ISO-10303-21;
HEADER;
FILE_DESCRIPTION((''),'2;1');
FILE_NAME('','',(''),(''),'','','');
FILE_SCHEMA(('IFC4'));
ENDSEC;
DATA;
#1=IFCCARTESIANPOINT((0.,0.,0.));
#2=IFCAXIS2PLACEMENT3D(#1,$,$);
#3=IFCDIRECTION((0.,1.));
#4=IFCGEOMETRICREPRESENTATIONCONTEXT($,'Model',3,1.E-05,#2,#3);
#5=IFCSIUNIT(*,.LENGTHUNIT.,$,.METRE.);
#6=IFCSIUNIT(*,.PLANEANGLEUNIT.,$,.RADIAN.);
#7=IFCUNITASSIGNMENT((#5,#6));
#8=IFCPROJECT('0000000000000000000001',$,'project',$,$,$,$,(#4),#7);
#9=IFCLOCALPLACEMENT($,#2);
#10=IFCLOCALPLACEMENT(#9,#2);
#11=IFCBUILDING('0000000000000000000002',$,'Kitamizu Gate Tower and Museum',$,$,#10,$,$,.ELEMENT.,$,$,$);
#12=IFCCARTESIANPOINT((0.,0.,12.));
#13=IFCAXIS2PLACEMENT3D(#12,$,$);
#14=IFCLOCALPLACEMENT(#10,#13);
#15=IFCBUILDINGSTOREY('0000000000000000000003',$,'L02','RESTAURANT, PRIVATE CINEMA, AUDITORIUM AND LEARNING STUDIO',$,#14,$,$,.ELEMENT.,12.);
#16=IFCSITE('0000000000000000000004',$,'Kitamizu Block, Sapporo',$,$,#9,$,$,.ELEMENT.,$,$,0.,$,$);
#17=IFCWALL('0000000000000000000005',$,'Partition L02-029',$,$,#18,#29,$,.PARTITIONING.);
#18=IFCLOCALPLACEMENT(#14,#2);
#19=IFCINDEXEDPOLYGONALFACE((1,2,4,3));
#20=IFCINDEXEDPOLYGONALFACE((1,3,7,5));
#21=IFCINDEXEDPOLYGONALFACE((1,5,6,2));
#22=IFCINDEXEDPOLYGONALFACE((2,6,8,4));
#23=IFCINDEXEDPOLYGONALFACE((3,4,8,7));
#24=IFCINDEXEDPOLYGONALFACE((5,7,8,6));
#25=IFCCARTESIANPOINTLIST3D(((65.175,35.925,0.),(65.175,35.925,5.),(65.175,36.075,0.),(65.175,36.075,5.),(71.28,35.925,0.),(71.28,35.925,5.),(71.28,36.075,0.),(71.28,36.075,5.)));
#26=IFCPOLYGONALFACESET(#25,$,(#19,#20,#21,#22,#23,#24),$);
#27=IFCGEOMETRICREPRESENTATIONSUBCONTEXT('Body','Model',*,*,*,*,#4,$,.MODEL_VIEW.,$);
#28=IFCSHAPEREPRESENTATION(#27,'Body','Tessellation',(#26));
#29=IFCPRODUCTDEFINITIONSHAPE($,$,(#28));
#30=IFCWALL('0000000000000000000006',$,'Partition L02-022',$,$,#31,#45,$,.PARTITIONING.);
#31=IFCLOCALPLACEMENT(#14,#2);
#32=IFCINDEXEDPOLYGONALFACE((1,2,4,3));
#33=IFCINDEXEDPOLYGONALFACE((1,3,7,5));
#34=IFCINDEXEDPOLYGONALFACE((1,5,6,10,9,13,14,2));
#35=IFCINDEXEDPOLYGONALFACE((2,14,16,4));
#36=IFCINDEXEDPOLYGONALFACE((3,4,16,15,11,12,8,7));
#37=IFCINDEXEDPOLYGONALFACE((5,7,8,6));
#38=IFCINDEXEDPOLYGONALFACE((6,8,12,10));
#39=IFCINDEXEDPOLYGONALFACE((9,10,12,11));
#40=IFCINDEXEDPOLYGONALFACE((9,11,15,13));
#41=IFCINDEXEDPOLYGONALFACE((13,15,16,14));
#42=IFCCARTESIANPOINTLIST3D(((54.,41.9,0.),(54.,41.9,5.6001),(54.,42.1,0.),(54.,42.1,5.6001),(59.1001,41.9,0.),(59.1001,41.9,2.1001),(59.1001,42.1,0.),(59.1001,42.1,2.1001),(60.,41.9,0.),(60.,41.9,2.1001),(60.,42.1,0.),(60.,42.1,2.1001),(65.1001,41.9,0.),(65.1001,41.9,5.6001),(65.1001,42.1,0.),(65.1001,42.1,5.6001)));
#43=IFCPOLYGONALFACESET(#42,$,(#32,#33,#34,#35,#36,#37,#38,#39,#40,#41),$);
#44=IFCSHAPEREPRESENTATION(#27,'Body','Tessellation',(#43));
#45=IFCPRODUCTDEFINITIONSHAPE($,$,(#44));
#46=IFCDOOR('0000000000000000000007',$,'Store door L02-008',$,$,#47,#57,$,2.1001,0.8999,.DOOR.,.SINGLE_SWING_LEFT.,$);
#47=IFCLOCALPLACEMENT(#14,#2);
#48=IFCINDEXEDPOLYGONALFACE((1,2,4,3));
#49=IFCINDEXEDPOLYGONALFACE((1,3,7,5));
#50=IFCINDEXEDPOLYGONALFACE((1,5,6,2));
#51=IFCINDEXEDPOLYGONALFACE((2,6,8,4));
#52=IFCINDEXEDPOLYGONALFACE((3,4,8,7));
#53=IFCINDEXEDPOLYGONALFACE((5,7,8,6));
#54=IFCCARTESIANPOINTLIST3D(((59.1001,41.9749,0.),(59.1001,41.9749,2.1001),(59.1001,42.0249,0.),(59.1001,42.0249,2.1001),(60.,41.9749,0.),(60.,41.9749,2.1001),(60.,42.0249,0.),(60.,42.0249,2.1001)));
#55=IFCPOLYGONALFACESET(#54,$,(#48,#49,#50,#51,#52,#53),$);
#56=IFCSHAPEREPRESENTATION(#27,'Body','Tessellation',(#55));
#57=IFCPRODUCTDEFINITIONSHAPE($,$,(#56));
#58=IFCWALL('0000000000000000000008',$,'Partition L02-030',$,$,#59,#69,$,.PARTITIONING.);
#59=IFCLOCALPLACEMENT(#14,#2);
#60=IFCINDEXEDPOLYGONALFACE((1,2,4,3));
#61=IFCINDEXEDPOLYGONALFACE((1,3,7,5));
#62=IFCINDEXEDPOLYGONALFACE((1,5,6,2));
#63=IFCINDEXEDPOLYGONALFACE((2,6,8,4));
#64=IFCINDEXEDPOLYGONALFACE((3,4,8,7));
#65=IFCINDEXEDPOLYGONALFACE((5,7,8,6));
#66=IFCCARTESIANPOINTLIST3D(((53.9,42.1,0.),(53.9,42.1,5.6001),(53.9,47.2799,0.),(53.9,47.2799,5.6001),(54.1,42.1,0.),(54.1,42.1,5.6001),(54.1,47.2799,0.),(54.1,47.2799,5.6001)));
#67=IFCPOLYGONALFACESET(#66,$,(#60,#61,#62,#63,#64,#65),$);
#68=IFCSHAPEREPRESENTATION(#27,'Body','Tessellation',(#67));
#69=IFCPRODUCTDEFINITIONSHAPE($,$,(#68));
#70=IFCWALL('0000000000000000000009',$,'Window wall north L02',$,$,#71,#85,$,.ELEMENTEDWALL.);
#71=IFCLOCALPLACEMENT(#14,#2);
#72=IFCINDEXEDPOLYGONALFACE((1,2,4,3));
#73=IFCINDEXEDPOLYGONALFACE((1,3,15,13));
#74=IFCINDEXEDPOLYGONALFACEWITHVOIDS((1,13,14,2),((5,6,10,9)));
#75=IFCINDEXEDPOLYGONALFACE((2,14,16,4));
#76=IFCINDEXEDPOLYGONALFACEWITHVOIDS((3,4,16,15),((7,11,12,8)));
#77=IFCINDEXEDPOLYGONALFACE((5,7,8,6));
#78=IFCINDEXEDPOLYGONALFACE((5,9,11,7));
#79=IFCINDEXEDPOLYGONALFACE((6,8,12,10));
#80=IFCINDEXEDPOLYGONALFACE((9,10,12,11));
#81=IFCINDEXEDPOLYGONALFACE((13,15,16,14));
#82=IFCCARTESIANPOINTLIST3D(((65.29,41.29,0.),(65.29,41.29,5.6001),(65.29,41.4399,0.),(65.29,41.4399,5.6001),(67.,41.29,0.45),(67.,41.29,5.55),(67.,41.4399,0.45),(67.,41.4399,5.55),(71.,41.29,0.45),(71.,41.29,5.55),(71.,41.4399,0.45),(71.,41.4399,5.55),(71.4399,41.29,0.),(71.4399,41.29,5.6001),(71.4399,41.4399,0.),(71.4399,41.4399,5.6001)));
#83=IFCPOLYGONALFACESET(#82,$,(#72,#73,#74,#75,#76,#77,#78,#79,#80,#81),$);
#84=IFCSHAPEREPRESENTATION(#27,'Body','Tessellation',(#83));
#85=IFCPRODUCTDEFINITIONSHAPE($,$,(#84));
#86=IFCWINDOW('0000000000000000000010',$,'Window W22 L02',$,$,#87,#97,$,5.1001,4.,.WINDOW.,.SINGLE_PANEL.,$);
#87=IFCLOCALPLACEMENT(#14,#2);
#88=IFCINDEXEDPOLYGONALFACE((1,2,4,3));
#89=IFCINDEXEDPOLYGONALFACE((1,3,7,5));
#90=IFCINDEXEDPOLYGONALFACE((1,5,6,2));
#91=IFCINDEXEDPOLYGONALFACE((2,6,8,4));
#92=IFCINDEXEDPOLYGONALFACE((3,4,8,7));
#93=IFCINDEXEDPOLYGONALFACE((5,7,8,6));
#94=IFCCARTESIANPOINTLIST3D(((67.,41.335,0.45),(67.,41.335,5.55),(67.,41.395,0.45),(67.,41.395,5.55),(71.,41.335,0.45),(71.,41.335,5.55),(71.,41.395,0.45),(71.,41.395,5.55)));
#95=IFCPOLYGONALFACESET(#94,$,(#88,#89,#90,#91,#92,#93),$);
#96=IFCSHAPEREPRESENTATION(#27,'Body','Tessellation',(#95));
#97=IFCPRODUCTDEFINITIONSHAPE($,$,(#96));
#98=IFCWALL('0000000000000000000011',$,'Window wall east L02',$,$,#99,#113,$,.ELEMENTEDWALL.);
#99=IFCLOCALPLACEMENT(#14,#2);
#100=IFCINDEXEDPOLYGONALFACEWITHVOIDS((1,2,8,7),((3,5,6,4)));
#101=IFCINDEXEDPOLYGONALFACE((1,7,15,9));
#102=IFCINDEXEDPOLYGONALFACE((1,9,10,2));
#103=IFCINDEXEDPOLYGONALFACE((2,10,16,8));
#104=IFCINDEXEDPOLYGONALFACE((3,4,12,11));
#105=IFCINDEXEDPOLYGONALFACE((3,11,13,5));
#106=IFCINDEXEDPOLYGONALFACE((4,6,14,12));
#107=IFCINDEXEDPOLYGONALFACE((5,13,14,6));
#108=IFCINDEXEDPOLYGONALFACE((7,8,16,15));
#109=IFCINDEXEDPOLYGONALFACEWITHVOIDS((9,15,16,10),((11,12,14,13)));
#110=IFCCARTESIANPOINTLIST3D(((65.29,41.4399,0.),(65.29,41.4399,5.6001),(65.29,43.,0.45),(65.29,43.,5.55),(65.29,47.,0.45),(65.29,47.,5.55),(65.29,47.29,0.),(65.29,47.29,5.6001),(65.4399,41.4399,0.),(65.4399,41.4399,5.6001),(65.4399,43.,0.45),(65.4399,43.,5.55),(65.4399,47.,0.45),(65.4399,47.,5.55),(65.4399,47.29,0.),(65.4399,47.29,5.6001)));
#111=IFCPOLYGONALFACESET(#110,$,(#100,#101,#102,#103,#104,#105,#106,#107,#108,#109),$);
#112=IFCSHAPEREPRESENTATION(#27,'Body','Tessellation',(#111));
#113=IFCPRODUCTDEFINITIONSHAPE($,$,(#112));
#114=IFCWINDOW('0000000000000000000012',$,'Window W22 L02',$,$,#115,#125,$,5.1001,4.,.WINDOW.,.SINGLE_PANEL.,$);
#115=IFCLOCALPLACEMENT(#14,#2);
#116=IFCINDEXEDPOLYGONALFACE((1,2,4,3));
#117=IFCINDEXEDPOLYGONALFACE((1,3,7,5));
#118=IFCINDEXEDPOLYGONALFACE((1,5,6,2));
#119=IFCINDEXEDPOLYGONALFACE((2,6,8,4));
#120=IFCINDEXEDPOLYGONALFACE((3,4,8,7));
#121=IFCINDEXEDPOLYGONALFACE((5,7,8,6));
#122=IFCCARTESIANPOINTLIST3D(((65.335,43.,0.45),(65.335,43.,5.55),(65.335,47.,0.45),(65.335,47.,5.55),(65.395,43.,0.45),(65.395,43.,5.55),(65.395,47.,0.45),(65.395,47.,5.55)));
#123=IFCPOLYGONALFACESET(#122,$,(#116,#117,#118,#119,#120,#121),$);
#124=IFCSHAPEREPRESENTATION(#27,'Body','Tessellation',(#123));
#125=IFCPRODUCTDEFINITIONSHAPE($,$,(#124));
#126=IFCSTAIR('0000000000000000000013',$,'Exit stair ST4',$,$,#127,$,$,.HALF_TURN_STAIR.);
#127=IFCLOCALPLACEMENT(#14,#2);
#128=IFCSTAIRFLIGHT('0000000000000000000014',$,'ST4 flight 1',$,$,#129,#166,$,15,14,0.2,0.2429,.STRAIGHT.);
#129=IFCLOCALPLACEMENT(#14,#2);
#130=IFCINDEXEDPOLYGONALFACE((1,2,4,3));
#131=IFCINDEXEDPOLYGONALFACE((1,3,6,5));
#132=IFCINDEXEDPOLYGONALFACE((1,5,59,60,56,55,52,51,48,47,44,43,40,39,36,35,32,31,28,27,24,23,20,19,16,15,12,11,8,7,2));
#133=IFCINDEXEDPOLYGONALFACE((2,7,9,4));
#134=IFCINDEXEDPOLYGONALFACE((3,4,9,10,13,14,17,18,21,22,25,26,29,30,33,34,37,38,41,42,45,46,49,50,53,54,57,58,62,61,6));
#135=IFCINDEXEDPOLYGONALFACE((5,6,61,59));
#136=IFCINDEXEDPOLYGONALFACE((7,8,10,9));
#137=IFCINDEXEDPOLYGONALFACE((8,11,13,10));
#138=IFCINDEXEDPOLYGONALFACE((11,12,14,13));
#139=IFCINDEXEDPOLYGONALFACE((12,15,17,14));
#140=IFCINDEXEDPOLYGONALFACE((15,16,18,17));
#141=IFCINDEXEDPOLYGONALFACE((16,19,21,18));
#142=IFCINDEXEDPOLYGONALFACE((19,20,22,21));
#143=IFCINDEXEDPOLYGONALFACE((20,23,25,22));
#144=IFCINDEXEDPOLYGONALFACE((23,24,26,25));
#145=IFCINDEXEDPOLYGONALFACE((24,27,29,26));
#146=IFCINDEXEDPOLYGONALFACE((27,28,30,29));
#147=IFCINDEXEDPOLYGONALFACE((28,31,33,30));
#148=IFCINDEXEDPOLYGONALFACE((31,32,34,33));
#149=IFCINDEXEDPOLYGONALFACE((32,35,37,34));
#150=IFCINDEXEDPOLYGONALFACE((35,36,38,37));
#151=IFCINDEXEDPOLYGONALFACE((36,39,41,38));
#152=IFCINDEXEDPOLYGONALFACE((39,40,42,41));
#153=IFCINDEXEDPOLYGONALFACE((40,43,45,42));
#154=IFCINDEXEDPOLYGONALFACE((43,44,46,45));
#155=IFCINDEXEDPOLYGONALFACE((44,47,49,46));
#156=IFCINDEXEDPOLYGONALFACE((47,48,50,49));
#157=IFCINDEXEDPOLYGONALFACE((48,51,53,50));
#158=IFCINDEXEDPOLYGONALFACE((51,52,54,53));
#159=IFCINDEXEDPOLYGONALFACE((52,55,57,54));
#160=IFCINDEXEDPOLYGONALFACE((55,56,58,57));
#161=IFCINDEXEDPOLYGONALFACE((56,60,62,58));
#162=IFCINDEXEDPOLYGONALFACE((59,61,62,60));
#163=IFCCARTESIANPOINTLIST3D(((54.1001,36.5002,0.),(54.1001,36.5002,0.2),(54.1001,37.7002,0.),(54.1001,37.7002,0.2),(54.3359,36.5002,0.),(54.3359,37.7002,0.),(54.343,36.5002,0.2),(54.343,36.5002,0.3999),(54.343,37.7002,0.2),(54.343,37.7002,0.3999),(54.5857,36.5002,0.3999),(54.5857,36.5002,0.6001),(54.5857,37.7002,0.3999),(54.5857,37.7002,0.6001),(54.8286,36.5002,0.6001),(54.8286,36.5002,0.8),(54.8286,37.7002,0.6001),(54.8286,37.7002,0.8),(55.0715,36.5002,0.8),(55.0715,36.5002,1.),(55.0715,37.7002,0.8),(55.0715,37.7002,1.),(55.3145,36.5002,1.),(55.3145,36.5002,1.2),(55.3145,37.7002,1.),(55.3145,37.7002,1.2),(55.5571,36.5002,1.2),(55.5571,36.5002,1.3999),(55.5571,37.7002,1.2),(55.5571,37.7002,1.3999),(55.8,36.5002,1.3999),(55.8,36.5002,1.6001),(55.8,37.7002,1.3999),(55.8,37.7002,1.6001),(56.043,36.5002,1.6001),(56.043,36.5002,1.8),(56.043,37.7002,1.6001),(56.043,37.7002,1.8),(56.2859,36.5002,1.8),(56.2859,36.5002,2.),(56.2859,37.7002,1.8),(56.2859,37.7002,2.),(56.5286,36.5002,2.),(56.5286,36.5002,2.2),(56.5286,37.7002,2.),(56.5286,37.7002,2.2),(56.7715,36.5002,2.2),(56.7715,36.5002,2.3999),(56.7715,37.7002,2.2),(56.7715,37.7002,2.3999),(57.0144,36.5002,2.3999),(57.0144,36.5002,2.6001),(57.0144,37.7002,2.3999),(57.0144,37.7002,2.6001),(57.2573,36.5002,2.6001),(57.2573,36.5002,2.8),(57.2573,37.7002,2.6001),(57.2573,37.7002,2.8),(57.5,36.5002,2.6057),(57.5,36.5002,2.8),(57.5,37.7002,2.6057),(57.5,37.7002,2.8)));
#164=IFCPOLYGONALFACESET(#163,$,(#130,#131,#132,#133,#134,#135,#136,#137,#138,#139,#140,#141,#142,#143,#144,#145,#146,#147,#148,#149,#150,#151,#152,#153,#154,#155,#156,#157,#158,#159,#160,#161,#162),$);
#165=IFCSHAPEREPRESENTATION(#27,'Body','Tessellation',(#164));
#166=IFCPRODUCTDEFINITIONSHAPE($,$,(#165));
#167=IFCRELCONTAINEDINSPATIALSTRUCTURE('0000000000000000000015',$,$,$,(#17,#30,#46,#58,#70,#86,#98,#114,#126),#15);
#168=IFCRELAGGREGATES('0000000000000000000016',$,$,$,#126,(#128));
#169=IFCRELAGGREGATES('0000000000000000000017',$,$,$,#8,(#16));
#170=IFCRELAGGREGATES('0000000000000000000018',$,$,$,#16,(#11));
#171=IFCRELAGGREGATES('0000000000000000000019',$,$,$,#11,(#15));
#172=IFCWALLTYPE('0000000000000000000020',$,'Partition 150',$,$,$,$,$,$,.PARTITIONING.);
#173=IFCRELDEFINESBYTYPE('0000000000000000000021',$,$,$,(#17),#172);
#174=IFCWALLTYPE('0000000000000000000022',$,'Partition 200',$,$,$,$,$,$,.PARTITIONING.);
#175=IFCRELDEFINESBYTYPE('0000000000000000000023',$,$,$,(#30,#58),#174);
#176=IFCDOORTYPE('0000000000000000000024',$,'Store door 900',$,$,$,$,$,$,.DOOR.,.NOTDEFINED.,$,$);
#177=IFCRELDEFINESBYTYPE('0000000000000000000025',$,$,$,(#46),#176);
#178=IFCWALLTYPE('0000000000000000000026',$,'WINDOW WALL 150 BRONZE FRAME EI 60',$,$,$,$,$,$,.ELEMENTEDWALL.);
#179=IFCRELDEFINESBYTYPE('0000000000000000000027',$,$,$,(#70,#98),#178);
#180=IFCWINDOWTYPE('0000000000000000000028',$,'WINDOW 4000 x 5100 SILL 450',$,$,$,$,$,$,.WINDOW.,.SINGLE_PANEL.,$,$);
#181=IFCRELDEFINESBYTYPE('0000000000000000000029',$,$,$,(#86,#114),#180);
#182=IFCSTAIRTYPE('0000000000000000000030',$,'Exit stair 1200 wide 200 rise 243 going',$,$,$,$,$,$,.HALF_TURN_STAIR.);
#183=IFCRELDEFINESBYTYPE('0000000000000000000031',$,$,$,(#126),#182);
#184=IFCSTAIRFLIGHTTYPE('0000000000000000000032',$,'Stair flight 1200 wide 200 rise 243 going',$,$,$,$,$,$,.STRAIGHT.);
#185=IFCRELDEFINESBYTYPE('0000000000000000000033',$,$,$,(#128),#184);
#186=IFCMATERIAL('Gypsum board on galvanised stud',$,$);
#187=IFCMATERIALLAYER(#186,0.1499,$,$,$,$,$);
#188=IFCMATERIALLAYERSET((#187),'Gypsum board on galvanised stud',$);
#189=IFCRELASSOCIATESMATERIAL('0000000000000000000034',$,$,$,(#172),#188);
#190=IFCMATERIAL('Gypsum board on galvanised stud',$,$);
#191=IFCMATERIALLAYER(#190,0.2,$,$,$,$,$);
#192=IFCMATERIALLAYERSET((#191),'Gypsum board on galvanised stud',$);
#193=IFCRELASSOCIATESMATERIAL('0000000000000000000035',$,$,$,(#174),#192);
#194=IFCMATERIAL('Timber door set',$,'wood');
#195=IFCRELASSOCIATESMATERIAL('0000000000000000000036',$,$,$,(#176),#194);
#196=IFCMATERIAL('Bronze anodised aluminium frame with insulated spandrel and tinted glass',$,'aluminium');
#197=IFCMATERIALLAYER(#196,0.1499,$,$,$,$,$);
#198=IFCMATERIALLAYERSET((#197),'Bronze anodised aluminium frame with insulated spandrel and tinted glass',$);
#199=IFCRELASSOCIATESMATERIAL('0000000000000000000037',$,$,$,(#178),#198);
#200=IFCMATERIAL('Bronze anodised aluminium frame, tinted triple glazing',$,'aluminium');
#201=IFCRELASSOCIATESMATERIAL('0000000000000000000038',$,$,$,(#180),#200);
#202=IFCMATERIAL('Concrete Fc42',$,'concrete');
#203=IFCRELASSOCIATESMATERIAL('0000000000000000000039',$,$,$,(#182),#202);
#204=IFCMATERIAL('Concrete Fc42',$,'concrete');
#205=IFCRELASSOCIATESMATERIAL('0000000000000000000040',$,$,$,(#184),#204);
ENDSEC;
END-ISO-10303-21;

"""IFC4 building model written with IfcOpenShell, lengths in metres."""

from ifc_helpers import new_model, si_unit, direction, frame, frame_2d, origin, place, context, subcontext, project, spatial, polyline, rectangle, outline, extrude, material, layer, layer_set, type_object, element, fill, aggregate, save


model = new_model("IFC4")

# Units and contexts
model_context = context("Model", 3, precision=1e-05, world=origin(), true_north=direction((0.0, 1.0)))
body_context = subcontext(model_context, "Body", "Model", "MODEL_VIEW")
ifc_project = project(units=[si_unit("LENGTHUNIT", "METRE"), si_unit("PLANEANGLEUNIT", "RADIAN")], contexts=[model_context])

# Site, building, storey
site_placement = place(None, origin())
site = spatial("IfcSite", under=ifc_project, at=site_placement, Name="Kitamizu Block, Sapporo", CompositionType="ELEMENT", RefElevation=0.0)
building_placement = place(site_placement, origin())
building = spatial("IfcBuilding", under=site, at=building_placement, Name="Kitamizu Gate Tower and Museum", CompositionType="ELEMENT")
storey_placement = place(building_placement, frame((0.0, 0.0, 12.0)))
storey = spatial("IfcBuildingStorey", under=building, at=storey_placement, Name="L02", Description="RESTAURANT, PRIVATE CINEMA, AUDITORIUM AND LEARNING STUDIO", CompositionType="ELEMENT", Elevation=12.0)

# Shared definitions
ifc_material_1 = material(Name="Gypsum board on galvanised stud")
ifc_layer_1 = layer(ifc_material_1, 0.1499)
ifc_layer_set_1 = layer_set([ifc_layer_1], Name="Gypsum board on galvanised stud")
wall_type_1 = type_object("IfcWallType", Name="Partition 150", PredefinedType="PARTITIONING", material=ifc_layer_set_1)

# Wall
wall_1_placement = place(storey_placement, frame((71.28, 36.0, 0.0), z_axis=(0.0, 0.0, 1.0), x_axis=(-1.0, 0.0, 0.0)))
element("IfcWall", 1, at=wall_1_placement, inside=storey, type_object=wall_type_1, Name="Partition L02-029", PredefinedType="PARTITIONING", context=body_context, shape_type="SweptSolid", body=[
    extrude(rectangle(XDim=6.105, YDim=0.1499, at=frame_2d((3.0525, 0.0))), origin(), (0.0, 0.0, 1.0), 5.0),
])

# Wall, opening, door
ifc_material_2 = material(Name="Gypsum board on galvanised stud")
ifc_layer_2 = layer(ifc_material_2, 0.2)
ifc_layer_set_2 = layer_set([ifc_layer_2], Name="Gypsum board on galvanised stud")
wall_type_2 = type_object("IfcWallType", Name="Partition 200", PredefinedType="PARTITIONING", material=ifc_layer_set_2)
wall_2_placement = place(storey_placement, frame((65.1001, 42.0, 0.0), z_axis=(0.0, 0.0, 1.0), x_axis=(-1.0, 0.0, 0.0)))
wall_2 = element("IfcWall", 2, at=wall_2_placement, inside=storey, type_object=wall_type_2, Name="Partition L02-022", PredefinedType="PARTITIONING", context=body_context, shape_type="SweptSolid", body=[
    extrude(rectangle(XDim=11.1001, YDim=0.2, at=frame_2d((5.55, 0.0))), origin(), (0.0, 0.0, 1.0), 5.6001),
])
opening_1_placement = place(wall_2_placement, frame((5.1001, 0.0, 0.0)))
opening_1 = element("IfcOpeningElement", 3, at=opening_1_placement, cuts=wall_2, PredefinedType="OPENING", context=body_context, shape_type="SweptSolid", body=[
    extrude(rectangle(XDim=0.8999, YDim=2.1001, at=frame_2d((0.45, 1.05))), frame((0.0, 0.1099, 0.0), z_axis=(0.0, -1.0, 0.0), x_axis=(1.0, 0.0, 0.0)), (0.0, 0.0, 1.0), 0.22),
])
ifc_material_3 = material(Name="Timber door set", Category="wood")
door_type_1 = type_object("IfcDoorType", Name="Store door 900", OperationType="NOTDEFINED", PredefinedType="DOOR", material=ifc_material_3)
door_1_placement = place(opening_1_placement, frame((0.8999, 0.0, 0.0), x_axis=(-1.0, 0.0, 0.0)))
door_1 = element("IfcDoor", 4, at=door_1_placement, inside=storey, type_object=door_type_1, Name="Store door L02-008", OperationType="SINGLE_SWING_LEFT", OverallHeight=2.1001, OverallWidth=0.8999, PredefinedType="DOOR", context=body_context, shape_type="SweptSolid", body=[
    extrude(rectangle(XDim=0.8999, YDim=2.1001, at=frame_2d((0.45, 1.05))), frame((0.0, 0.0249, 0.0), z_axis=(0.0, -1.0, 0.0), x_axis=(1.0, 0.0, 0.0)), (0.0, 0.0, 1.0), 0.05),
])
fill(opening_1, door_1)

# Wall
wall_3_placement = place(storey_placement, frame((54.0, 42.1001, 0.0), z_axis=(0.0, 0.0, 1.0), x_axis=(0.0, 1.0, 0.0)))
element("IfcWall", 5, at=wall_3_placement, inside=storey, type_object=wall_type_2, Name="Partition L02-030", PredefinedType="PARTITIONING", context=body_context, shape_type="SweptSolid", body=[
    extrude(rectangle(XDim=5.1799, YDim=0.2, at=frame_2d((2.5898, 0.0))), origin(), (0.0, 0.0, 1.0), 5.6001),
])

# Walls, openings, windows
ifc_material_4 = material(Name="Bronze anodised aluminium frame with insulated spandrel and tinted glass", Category="aluminium")
ifc_layer_3 = layer(ifc_material_4, 0.1499)
ifc_layer_set_3 = layer_set([ifc_layer_3], Name="Bronze anodised aluminium frame with insulated spandrel and tinted glass")
wall_type_3 = type_object("IfcWallType", Name="WINDOW WALL 150 BRONZE FRAME EI 60", PredefinedType="ELEMENTEDWALL", material=ifc_layer_set_3)
wall_4_placement = place(storey_placement, frame((65.29, 41.365, 0.0), z_axis=(0.0, 0.0, 1.0), x_axis=(1.0, 0.0, 0.0)))
wall_4 = element("IfcWall", 6, at=wall_4_placement, inside=storey, type_object=wall_type_3, Name="Window wall north L02", PredefinedType="ELEMENTEDWALL", context=body_context, shape_type="SweptSolid", body=[
    extrude(rectangle(XDim=6.1499, YDim=0.1499, at=frame_2d((3.075, 0.0))), origin(), (0.0, 0.0, 1.0), 5.6001),
])
opening_2_placement = place(wall_4_placement, frame((1.71, 0.0, 0.45)))
opening_2 = element("IfcOpeningElement", 7, at=opening_2_placement, cuts=wall_4, PredefinedType="OPENING", context=body_context, shape_type="SweptSolid", body=[
    extrude(rectangle(XDim=4.0, YDim=5.1001, at=frame_2d((2.0, 2.55))), frame((0.0, 0.085, 0.0), z_axis=(0.0, -1.0, 0.0), x_axis=(1.0, 0.0, 0.0)), (0.0, 0.0, 1.0), 0.1699),
])
ifc_material_5 = material(Name="Bronze anodised aluminium frame, tinted triple glazing", Category="aluminium")
window_type = type_object("IfcWindowType", Name="WINDOW 4000 x 5100 SILL 450", PartitioningType="SINGLE_PANEL", PredefinedType="WINDOW", material=ifc_material_5)
window_1_placement = place(opening_2_placement, origin())
window_1 = element("IfcWindow", 8, at=window_1_placement, inside=storey, type_object=window_type, Name="Window W22 L02", OverallHeight=5.1001, OverallWidth=4.0, PartitioningType="SINGLE_PANEL", PredefinedType="WINDOW", context=body_context, shape_type="SweptSolid", body=[
    extrude(rectangle(XDim=4.0, YDim=5.1001, at=frame_2d((2.0, 2.55))), frame((0.0, 0.03, 0.0), z_axis=(0.0, -1.0, 0.0), x_axis=(1.0, 0.0, 0.0)), (0.0, 0.0, 1.0), 0.0601),
])
fill(opening_2, window_1)
wall_5_placement = place(storey_placement, frame((65.365, 41.4399, 0.0), z_axis=(0.0, 0.0, 1.0), x_axis=(0.0, 1.0, 0.0)))
wall_5 = element("IfcWall", 9, at=wall_5_placement, inside=storey, type_object=wall_type_3, Name="Window wall east L02", PredefinedType="ELEMENTEDWALL", context=body_context, shape_type="SweptSolid", body=[
    extrude(rectangle(XDim=5.8501, YDim=0.1499, at=frame_2d((2.925, 0.0))), origin(), (0.0, 0.0, 1.0), 5.6001),
])
opening_3_placement = place(wall_5_placement, frame((1.5601, 0.0, 0.45)))
opening_3 = element("IfcOpeningElement", 10, at=opening_3_placement, cuts=wall_5, PredefinedType="OPENING", context=body_context, shape_type="SweptSolid", body=[
    extrude(rectangle(XDim=4.0, YDim=5.1001, at=frame_2d((2.0, 2.55))), frame((0.0, 0.085, 0.0), z_axis=(0.0, -1.0, 0.0), x_axis=(1.0, 0.0, 0.0)), (0.0, 0.0, 1.0), 0.1699),
])
window_2_placement = place(opening_3_placement, origin())
window_2 = element("IfcWindow", 11, at=window_2_placement, inside=storey, type_object=window_type, Name="Window W22 L02", OverallHeight=5.1001, OverallWidth=4.0, PartitioningType="SINGLE_PANEL", PredefinedType="WINDOW", context=body_context, shape_type="SweptSolid", body=[
    extrude(rectangle(XDim=4.0, YDim=5.1001, at=frame_2d((2.0, 2.55))), frame((0.0, 0.03, 0.0), z_axis=(0.0, -1.0, 0.0), x_axis=(1.0, 0.0, 0.0)), (0.0, 0.0, 1.0), 0.0601),
])
fill(opening_3, window_2)

# Stair, stair flight
ifc_material_6 = material(Name="Concrete Fc42", Category="concrete")
stair_type = type_object("IfcStairType", Name="Exit stair 1200 wide 200 rise 243 going", PredefinedType="HALF_TURN_STAIR", material=ifc_material_6)
stair_placement = place(storey_placement, origin())
stair = element("IfcStair", 12, at=stair_placement, inside=storey, type_object=stair_type, Name="Exit stair ST4", PredefinedType="HALF_TURN_STAIR")
ifc_material_7 = material(Name="Concrete Fc42", Category="concrete")
stair_flight_type = type_object("IfcStairFlightType", Name="Stair flight 1200 wide 200 rise 243 going", PredefinedType="STRAIGHT", material=ifc_material_7)
stair_flight_1_placement = place(storey_placement, frame((54.1001, 37.1001, 0.0), z_axis=(0.0, 0.0, 1.0), x_axis=(1.0, 0.0, 0.0)))
stair_flight_1 = element("IfcStairFlight", 13, at=stair_flight_1_placement, type_object=stair_flight_type, Name="ST4 flight 1", NumberOfRisers=15, NumberOfTreads=14, PredefinedType="STRAIGHT", RiserHeight=0.2, TreadLength=0.2429, context=body_context, shape_type="SweptSolid", body=[
    extrude(outline(polyline([(0.0, 0.0), (0.0, 0.2), (0.2429, 0.2), (0.2429, 0.3999), (0.4856, 0.3999), (0.4856, 0.6001), (0.7285, 0.6001), (0.7285, 0.8), (0.9714, 0.8), (0.9714, 1.0), (1.2144, 1.0), (1.2144, 1.2), (1.457, 1.2), (1.457, 1.3999), (1.7, 1.3999), (1.7, 1.6001), (1.9429, 1.6001), (1.9429, 1.8), (2.1858, 1.8), (2.1858, 2.0), (2.4285, 2.0), (2.4285, 2.2), (2.6714, 2.2), (2.6714, 2.3999), (2.9143, 2.3999), (2.9143, 2.6001), (3.1572, 2.6001), (3.1572, 2.8), (3.3999, 2.8), (3.3999, 3.0), (3.3999, 2.6057), (0.2358, 0.0), (0.0, 0.0)])), frame((0.0, 0.6001, 0.0), z_axis=(0.0, -1.0, 0.0), x_axis=(1.0, 0.0, 0.0)), (0.0, 0.0, 1.0), 1.2),
])
aggregate(stair, [stair_flight_1])

save(model, "model.ifc")
